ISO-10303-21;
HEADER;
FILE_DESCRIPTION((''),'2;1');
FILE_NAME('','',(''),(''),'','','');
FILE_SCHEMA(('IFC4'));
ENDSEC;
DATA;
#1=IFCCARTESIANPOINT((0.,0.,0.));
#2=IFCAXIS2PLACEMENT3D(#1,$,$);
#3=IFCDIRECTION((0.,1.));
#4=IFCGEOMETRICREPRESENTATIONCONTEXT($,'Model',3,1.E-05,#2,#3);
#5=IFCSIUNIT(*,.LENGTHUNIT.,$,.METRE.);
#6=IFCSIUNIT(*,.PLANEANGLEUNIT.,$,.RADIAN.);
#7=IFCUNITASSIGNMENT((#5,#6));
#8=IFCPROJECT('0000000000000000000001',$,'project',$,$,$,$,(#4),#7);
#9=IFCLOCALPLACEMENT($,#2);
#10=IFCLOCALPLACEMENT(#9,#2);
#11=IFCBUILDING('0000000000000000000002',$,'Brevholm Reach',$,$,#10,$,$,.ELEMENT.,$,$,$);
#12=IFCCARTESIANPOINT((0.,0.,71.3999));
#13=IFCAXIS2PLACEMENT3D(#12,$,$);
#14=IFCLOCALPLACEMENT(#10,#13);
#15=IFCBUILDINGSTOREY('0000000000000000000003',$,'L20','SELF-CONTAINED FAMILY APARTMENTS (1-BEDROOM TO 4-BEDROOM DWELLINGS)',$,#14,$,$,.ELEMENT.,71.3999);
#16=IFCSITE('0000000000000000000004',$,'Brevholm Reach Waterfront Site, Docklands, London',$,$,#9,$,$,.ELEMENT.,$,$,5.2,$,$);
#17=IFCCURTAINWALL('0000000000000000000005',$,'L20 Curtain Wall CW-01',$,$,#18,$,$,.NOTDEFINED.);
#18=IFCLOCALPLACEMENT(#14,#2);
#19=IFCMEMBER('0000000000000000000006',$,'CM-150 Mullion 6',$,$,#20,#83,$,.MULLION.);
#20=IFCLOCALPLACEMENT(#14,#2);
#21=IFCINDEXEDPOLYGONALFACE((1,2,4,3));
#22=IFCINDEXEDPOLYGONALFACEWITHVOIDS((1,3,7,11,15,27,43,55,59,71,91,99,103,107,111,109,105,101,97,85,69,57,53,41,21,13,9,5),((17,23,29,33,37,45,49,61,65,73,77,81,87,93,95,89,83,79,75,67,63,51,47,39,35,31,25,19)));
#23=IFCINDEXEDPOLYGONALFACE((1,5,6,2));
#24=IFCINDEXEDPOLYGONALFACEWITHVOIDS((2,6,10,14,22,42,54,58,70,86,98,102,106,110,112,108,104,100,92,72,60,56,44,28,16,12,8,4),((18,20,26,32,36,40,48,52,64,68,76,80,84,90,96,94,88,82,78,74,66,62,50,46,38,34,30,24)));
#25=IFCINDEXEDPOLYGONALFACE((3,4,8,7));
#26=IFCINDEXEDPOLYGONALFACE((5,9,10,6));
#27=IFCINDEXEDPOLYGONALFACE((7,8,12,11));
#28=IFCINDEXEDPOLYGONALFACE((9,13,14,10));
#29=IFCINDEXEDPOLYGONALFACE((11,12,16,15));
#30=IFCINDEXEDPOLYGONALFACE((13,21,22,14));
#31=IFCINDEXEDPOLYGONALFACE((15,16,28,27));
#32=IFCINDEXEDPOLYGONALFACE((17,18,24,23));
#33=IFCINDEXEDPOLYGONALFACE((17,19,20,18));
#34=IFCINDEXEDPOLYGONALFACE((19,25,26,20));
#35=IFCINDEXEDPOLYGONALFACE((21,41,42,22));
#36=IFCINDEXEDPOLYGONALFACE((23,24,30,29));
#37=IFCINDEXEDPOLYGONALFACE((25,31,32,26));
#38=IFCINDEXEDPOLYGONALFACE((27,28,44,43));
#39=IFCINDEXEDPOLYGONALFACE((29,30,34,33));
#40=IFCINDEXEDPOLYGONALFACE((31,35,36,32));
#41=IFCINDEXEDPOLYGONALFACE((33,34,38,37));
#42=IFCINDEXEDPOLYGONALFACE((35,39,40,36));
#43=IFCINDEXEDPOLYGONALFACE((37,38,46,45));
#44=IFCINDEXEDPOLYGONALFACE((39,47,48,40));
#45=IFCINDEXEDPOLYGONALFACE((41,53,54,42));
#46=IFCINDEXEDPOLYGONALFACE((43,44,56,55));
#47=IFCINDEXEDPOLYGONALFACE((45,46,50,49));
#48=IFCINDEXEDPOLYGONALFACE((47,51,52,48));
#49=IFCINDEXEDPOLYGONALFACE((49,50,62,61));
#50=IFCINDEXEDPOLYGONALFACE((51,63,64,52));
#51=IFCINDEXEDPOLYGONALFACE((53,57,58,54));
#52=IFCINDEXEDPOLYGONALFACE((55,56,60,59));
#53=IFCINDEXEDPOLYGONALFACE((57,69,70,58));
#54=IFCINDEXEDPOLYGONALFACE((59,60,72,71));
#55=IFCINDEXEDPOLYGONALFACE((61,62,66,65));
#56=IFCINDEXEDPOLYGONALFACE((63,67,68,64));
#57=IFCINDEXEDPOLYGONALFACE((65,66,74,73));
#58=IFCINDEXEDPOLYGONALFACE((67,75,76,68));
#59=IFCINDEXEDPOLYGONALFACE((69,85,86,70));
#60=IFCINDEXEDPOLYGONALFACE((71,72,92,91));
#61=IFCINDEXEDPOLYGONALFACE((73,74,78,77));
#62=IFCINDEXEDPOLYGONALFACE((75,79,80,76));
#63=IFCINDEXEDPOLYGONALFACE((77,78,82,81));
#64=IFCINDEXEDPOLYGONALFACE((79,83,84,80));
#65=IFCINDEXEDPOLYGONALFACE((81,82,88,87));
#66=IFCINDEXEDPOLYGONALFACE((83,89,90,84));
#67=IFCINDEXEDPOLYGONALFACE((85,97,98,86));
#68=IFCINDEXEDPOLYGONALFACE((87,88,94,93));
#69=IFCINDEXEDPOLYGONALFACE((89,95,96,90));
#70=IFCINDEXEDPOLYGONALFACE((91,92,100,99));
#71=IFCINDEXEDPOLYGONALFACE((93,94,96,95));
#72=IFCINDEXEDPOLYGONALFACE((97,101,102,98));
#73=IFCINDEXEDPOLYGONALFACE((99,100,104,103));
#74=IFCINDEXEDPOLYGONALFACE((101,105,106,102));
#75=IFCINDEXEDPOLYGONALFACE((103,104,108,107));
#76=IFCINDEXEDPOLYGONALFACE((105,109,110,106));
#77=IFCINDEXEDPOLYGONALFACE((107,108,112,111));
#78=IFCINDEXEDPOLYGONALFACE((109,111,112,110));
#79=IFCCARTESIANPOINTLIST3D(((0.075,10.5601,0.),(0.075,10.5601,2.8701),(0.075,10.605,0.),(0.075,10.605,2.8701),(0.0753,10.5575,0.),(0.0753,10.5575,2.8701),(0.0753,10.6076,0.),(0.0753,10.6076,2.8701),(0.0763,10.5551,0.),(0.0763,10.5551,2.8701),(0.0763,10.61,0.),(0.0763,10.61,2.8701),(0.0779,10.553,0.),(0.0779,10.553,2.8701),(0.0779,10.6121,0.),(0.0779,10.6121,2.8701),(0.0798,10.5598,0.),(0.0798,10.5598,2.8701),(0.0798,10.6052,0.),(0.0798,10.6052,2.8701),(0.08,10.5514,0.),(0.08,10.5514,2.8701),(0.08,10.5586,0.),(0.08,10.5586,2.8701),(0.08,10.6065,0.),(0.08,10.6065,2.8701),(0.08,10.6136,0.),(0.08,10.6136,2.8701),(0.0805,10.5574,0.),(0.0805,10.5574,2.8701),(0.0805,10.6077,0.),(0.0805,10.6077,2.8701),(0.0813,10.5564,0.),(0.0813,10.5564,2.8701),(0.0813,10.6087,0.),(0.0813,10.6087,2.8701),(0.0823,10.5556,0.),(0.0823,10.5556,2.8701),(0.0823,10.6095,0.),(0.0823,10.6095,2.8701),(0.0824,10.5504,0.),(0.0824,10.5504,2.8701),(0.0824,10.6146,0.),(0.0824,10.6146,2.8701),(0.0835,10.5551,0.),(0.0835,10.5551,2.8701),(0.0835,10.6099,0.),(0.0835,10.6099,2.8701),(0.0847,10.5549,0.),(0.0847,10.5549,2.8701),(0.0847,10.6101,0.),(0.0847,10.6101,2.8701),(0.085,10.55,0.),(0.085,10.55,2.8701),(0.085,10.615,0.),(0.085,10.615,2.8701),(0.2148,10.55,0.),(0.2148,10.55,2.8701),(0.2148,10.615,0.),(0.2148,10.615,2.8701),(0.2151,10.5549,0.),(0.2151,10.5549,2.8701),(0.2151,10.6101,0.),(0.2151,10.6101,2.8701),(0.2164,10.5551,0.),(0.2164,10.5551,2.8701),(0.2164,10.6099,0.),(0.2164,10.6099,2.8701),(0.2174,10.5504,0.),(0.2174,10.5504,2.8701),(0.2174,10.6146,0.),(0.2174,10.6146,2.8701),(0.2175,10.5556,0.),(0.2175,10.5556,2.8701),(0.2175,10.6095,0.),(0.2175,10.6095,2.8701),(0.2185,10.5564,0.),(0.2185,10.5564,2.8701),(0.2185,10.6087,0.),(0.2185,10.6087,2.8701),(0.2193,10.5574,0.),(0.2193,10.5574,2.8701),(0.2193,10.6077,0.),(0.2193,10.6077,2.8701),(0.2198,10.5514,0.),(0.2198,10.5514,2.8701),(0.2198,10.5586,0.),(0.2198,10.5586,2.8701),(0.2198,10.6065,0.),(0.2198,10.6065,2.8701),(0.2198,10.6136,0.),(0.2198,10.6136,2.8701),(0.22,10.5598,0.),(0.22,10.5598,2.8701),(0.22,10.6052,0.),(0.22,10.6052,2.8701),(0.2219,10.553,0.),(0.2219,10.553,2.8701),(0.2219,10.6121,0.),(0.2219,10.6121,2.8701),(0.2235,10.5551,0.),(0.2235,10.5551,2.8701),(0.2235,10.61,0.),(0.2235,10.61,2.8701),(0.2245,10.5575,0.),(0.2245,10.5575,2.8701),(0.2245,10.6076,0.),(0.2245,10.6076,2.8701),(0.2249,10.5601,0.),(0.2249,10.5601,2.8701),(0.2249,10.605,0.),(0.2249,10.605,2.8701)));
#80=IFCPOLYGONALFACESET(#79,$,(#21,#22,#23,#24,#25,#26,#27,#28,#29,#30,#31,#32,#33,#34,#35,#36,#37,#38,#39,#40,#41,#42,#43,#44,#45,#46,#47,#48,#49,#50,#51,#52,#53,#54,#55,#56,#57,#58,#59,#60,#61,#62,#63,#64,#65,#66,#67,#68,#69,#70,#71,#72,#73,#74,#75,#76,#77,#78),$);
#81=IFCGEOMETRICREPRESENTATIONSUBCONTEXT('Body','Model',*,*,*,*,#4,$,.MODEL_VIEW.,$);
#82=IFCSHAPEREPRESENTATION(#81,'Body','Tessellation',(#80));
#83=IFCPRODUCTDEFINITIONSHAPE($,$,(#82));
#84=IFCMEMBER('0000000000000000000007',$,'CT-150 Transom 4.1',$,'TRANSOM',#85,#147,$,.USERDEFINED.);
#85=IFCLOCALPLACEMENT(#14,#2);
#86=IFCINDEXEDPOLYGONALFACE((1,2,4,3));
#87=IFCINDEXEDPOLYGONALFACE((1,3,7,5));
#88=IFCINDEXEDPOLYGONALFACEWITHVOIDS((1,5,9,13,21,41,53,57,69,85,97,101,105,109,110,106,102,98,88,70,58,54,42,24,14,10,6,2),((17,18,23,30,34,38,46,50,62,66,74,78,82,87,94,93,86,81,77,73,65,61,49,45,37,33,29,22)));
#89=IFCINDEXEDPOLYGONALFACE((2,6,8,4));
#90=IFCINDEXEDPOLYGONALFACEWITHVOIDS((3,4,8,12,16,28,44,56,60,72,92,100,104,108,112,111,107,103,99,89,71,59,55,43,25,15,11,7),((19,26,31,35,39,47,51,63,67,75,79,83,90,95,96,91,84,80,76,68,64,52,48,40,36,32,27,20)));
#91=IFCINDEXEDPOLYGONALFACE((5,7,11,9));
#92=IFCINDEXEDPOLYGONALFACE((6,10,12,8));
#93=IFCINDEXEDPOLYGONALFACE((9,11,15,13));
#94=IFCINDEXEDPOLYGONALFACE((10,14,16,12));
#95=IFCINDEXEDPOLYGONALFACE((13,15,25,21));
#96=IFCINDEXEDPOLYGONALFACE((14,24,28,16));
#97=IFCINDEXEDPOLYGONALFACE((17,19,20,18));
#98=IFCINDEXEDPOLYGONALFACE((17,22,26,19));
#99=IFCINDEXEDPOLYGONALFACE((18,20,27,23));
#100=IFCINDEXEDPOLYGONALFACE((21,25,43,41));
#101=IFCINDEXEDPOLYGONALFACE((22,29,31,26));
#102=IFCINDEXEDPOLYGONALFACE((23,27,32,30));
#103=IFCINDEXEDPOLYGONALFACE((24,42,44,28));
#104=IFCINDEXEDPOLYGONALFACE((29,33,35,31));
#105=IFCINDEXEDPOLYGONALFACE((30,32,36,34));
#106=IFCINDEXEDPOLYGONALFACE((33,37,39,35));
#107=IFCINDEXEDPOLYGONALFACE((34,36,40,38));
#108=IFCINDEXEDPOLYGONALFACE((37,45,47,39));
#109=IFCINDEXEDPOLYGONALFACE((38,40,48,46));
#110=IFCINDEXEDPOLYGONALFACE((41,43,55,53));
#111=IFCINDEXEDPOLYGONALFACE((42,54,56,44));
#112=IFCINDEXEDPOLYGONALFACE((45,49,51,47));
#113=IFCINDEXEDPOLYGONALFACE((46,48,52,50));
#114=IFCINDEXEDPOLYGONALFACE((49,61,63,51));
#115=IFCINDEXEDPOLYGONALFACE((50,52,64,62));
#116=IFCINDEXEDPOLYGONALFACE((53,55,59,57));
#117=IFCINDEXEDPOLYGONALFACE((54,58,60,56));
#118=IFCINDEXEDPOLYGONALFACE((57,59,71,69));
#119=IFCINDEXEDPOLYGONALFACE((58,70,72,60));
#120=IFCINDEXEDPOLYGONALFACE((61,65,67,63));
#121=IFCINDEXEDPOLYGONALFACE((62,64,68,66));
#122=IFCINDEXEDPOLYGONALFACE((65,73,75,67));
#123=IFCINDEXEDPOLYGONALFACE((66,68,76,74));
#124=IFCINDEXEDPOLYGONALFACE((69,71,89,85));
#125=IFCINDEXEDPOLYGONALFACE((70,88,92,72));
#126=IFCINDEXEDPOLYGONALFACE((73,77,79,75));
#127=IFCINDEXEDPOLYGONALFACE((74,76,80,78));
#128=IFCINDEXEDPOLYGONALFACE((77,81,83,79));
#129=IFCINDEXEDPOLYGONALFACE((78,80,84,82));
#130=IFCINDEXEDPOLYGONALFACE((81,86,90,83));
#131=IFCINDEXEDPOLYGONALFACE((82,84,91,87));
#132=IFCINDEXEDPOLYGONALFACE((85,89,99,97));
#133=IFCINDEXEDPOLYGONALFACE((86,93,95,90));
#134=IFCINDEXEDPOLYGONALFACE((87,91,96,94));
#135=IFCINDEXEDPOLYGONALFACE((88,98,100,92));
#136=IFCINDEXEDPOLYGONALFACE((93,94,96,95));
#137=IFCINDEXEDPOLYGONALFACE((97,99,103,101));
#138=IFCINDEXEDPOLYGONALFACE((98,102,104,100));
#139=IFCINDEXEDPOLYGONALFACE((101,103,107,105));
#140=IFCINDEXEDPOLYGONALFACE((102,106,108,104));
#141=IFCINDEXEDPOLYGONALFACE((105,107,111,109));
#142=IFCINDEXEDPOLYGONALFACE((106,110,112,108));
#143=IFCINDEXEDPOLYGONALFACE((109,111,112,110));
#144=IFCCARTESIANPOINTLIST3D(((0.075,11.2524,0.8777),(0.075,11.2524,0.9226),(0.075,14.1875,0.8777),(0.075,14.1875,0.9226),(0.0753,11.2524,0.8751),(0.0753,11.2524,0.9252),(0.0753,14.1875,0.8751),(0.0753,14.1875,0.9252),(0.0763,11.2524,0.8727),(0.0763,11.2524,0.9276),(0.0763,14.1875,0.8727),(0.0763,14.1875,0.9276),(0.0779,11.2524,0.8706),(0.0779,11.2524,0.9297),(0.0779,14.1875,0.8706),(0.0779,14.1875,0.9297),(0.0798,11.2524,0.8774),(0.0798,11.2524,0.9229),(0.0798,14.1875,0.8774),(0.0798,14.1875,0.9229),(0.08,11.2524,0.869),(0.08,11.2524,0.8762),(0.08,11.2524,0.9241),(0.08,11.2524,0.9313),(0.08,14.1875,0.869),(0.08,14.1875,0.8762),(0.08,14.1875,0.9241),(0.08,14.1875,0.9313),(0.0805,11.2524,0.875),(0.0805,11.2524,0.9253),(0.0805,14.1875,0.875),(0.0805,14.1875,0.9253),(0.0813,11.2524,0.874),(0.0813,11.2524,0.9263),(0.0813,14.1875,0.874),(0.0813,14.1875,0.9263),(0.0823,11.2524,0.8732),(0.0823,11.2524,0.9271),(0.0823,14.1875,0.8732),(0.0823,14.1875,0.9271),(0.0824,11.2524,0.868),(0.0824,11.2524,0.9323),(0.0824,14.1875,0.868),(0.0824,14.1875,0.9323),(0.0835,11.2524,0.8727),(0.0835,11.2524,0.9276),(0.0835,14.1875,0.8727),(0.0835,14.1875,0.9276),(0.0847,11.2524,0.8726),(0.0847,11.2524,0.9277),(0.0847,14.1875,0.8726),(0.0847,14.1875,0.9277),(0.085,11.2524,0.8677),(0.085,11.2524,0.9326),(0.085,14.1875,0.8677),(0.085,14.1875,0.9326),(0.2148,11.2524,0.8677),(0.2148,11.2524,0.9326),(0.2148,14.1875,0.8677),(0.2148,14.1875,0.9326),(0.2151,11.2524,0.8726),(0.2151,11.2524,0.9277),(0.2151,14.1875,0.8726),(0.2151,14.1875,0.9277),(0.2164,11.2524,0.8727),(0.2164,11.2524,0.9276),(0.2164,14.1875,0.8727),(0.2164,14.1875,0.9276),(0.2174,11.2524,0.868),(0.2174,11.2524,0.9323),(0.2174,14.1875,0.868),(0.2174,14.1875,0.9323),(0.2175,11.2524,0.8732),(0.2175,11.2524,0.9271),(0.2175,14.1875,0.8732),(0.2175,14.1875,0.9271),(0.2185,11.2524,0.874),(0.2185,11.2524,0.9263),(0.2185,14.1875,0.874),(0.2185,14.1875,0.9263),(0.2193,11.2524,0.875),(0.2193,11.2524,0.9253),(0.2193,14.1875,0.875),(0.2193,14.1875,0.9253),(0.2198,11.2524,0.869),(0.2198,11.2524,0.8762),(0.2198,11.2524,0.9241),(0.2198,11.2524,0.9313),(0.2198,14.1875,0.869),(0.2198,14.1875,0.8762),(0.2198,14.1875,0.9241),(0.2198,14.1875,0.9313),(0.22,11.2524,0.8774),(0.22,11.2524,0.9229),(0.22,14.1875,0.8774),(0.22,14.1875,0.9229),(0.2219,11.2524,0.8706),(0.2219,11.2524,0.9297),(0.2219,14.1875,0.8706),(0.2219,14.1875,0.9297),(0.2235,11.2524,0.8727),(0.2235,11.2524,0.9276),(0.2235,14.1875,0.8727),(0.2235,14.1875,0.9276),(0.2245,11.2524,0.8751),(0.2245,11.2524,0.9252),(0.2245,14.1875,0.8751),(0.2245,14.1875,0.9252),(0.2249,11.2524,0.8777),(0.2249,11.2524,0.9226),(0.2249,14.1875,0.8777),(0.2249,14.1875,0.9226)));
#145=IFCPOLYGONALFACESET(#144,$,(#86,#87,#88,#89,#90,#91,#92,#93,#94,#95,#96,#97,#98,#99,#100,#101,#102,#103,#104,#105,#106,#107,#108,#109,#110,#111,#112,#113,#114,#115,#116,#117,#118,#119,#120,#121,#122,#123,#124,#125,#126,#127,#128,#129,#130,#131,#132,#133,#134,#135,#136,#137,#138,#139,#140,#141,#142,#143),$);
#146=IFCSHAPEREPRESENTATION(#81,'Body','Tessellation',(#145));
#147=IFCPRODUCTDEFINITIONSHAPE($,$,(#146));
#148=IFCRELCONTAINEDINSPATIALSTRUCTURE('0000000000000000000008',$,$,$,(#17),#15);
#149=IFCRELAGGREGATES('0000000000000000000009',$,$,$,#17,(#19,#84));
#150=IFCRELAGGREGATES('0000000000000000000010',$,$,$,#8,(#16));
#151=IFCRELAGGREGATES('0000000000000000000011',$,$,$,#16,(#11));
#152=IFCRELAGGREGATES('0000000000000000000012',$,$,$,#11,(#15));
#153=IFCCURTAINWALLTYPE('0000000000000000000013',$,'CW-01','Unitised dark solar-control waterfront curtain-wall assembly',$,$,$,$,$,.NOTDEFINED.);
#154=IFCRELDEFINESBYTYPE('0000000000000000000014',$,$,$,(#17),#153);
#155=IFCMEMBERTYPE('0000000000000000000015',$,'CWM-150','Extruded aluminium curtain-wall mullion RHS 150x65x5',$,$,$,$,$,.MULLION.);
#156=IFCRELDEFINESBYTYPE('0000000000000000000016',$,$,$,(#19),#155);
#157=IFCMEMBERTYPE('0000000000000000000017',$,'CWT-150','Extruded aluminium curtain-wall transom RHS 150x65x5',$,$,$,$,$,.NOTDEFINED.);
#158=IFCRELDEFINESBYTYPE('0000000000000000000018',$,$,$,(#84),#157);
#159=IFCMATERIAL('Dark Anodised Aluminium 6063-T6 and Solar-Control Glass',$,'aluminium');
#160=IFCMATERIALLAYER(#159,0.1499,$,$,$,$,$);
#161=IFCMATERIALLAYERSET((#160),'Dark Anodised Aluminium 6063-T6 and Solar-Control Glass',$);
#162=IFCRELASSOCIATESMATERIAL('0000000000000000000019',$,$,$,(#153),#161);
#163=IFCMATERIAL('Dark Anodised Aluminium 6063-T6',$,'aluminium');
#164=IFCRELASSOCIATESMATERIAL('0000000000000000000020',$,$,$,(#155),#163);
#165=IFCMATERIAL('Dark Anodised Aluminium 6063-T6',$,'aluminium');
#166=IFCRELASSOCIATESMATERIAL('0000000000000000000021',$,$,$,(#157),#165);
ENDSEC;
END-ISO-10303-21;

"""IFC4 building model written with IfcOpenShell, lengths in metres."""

from ifc_helpers import new_model, si_unit, direction, frame, origin, origin_2d, place, context, subcontext, project, spatial, hollow_rectangle, extrude, material, layer, layer_set, material_profile, profile_set, type_object, element, aggregate, save


model = new_model("IFC4")

# Units and contexts
model_context = context("Model", 3, precision=1e-05, world=origin(), true_north=direction((0.0, 1.0)))
body_context = subcontext(model_context, "Body", "Model", "MODEL_VIEW")
ifc_project = project(units=[si_unit("LENGTHUNIT", "METRE"), si_unit("PLANEANGLEUNIT", "RADIAN")], contexts=[model_context])

# Site, building, storey
site_placement = place(None, origin())
site = spatial("IfcSite", under=ifc_project, at=site_placement, Name="Brevholm Reach Waterfront Site, Docklands, London", CompositionType="ELEMENT", RefElevation=5.2)
building_placement = place(site_placement, origin())
building = spatial("IfcBuilding", under=site, at=building_placement, Name="Brevholm Reach", CompositionType="ELEMENT")
storey_placement = place(building_placement, frame((0.0, 0.0, 71.3999)))
storey = spatial("IfcBuildingStorey", under=building, at=storey_placement, Name="L20", Description="SELF-CONTAINED FAMILY APARTMENTS (1-BEDROOM TO 4-BEDROOM DWELLINGS)", CompositionType="ELEMENT", Elevation=71.3999)

# Curtain wall, members
ifc_material_1 = material(Name="Dark Anodised Aluminium 6063-T6 and Solar-Control Glass", Category="aluminium")
ifc_layer_1 = layer(ifc_material_1, 0.1499)
ifc_layer_set_1 = layer_set([ifc_layer_1], Name="Dark Anodised Aluminium 6063-T6 and Solar-Control Glass")
curtain_wall_type = type_object("IfcCurtainWallType", Name="CW-01", Description="Unitised dark solar-control waterfront curtain-wall assembly", PredefinedType="NOTDEFINED", material=ifc_layer_set_1)
curtain_wall_placement = place(storey_placement, origin())
curtain_wall = element("IfcCurtainWall", 1, at=curtain_wall_placement, inside=storey, type_object=curtain_wall_type, Name="L20 Curtain Wall CW-01", PredefinedType="NOTDEFINED")
ifc_material_2 = material(Name="Dark Anodised Aluminium 6063-T6", Category="aluminium")
ifc_material_profile_1 = material_profile(ifc_material_2, hollow_rectangle(XDim=0.0649, YDim=0.1499, WallThickness=0.0049, InnerFilletRadius=0.0049, OuterFilletRadius=0.01, at=origin_2d()), Name="RHS 150x65x5")
ifc_profile_set_1 = profile_set([ifc_material_profile_1], Name="Dark Anodised Aluminium 6063-T6")
member_type_1 = type_object("IfcMemberType", Name="CWM-150", Description="Extruded aluminium curtain-wall mullion RHS 150x65x5", PredefinedType="MULLION", material=ifc_profile_set_1)
member_1_placement = place(storey_placement, frame((0.1499, 10.5825, 0.0), z_axis=(0.0, 0.0, 1.0), x_axis=(0.0, -1.0, 0.0)))
member_1 = element("IfcMember", 2, at=member_1_placement, type_object=member_type_1, Name="CM-150 Mullion 6", PredefinedType="MULLION", context=body_context, shape_type="SweptSolid", body=[
    extrude(hollow_rectangle(XDim=0.0649, YDim=0.1499, WallThickness=0.0049, InnerFilletRadius=0.0049, OuterFilletRadius=0.01, at=origin_2d()), origin(), (0.0, 0.0, 1.0), 2.8701),
])
ifc_material_3 = material(Name="Dark Anodised Aluminium 6063-T6", Category="aluminium")
ifc_material_profile_2 = material_profile(ifc_material_3, hollow_rectangle(XDim=0.0649, YDim=0.1499, WallThickness=0.0049, InnerFilletRadius=0.0049, OuterFilletRadius=0.01, at=origin_2d()), Name="RHS 150x65x5")
ifc_profile_set_2 = profile_set([ifc_material_profile_2], Name="Dark Anodised Aluminium 6063-T6")
member_type_2 = type_object("IfcMemberType", Name="CWT-150", Description="Extruded aluminium curtain-wall transom RHS 150x65x5", PredefinedType="NOTDEFINED", material=ifc_profile_set_2)
member_2_placement = place(storey_placement, frame((0.1499, 14.1875, 0.9001), z_axis=(0.0, -1.0, 0.0), x_axis=(0.0, 0.0, 1.0)))
member_2 = element("IfcMember", 3, at=member_2_placement, type_object=member_type_2, Name="CT-150 Transom 4.1", ObjectType="TRANSOM", PredefinedType="USERDEFINED", context=body_context, shape_type="SweptSolid", body=[
    extrude(hollow_rectangle(XDim=0.0649, YDim=0.1499, WallThickness=0.0049, InnerFilletRadius=0.0049, OuterFilletRadius=0.01, at=origin_2d()), origin(), (0.0, 0.0, 1.0), 2.9351),
])
aggregate(curtain_wall, [member_1, member_2])

save(model, "model.ifc")
